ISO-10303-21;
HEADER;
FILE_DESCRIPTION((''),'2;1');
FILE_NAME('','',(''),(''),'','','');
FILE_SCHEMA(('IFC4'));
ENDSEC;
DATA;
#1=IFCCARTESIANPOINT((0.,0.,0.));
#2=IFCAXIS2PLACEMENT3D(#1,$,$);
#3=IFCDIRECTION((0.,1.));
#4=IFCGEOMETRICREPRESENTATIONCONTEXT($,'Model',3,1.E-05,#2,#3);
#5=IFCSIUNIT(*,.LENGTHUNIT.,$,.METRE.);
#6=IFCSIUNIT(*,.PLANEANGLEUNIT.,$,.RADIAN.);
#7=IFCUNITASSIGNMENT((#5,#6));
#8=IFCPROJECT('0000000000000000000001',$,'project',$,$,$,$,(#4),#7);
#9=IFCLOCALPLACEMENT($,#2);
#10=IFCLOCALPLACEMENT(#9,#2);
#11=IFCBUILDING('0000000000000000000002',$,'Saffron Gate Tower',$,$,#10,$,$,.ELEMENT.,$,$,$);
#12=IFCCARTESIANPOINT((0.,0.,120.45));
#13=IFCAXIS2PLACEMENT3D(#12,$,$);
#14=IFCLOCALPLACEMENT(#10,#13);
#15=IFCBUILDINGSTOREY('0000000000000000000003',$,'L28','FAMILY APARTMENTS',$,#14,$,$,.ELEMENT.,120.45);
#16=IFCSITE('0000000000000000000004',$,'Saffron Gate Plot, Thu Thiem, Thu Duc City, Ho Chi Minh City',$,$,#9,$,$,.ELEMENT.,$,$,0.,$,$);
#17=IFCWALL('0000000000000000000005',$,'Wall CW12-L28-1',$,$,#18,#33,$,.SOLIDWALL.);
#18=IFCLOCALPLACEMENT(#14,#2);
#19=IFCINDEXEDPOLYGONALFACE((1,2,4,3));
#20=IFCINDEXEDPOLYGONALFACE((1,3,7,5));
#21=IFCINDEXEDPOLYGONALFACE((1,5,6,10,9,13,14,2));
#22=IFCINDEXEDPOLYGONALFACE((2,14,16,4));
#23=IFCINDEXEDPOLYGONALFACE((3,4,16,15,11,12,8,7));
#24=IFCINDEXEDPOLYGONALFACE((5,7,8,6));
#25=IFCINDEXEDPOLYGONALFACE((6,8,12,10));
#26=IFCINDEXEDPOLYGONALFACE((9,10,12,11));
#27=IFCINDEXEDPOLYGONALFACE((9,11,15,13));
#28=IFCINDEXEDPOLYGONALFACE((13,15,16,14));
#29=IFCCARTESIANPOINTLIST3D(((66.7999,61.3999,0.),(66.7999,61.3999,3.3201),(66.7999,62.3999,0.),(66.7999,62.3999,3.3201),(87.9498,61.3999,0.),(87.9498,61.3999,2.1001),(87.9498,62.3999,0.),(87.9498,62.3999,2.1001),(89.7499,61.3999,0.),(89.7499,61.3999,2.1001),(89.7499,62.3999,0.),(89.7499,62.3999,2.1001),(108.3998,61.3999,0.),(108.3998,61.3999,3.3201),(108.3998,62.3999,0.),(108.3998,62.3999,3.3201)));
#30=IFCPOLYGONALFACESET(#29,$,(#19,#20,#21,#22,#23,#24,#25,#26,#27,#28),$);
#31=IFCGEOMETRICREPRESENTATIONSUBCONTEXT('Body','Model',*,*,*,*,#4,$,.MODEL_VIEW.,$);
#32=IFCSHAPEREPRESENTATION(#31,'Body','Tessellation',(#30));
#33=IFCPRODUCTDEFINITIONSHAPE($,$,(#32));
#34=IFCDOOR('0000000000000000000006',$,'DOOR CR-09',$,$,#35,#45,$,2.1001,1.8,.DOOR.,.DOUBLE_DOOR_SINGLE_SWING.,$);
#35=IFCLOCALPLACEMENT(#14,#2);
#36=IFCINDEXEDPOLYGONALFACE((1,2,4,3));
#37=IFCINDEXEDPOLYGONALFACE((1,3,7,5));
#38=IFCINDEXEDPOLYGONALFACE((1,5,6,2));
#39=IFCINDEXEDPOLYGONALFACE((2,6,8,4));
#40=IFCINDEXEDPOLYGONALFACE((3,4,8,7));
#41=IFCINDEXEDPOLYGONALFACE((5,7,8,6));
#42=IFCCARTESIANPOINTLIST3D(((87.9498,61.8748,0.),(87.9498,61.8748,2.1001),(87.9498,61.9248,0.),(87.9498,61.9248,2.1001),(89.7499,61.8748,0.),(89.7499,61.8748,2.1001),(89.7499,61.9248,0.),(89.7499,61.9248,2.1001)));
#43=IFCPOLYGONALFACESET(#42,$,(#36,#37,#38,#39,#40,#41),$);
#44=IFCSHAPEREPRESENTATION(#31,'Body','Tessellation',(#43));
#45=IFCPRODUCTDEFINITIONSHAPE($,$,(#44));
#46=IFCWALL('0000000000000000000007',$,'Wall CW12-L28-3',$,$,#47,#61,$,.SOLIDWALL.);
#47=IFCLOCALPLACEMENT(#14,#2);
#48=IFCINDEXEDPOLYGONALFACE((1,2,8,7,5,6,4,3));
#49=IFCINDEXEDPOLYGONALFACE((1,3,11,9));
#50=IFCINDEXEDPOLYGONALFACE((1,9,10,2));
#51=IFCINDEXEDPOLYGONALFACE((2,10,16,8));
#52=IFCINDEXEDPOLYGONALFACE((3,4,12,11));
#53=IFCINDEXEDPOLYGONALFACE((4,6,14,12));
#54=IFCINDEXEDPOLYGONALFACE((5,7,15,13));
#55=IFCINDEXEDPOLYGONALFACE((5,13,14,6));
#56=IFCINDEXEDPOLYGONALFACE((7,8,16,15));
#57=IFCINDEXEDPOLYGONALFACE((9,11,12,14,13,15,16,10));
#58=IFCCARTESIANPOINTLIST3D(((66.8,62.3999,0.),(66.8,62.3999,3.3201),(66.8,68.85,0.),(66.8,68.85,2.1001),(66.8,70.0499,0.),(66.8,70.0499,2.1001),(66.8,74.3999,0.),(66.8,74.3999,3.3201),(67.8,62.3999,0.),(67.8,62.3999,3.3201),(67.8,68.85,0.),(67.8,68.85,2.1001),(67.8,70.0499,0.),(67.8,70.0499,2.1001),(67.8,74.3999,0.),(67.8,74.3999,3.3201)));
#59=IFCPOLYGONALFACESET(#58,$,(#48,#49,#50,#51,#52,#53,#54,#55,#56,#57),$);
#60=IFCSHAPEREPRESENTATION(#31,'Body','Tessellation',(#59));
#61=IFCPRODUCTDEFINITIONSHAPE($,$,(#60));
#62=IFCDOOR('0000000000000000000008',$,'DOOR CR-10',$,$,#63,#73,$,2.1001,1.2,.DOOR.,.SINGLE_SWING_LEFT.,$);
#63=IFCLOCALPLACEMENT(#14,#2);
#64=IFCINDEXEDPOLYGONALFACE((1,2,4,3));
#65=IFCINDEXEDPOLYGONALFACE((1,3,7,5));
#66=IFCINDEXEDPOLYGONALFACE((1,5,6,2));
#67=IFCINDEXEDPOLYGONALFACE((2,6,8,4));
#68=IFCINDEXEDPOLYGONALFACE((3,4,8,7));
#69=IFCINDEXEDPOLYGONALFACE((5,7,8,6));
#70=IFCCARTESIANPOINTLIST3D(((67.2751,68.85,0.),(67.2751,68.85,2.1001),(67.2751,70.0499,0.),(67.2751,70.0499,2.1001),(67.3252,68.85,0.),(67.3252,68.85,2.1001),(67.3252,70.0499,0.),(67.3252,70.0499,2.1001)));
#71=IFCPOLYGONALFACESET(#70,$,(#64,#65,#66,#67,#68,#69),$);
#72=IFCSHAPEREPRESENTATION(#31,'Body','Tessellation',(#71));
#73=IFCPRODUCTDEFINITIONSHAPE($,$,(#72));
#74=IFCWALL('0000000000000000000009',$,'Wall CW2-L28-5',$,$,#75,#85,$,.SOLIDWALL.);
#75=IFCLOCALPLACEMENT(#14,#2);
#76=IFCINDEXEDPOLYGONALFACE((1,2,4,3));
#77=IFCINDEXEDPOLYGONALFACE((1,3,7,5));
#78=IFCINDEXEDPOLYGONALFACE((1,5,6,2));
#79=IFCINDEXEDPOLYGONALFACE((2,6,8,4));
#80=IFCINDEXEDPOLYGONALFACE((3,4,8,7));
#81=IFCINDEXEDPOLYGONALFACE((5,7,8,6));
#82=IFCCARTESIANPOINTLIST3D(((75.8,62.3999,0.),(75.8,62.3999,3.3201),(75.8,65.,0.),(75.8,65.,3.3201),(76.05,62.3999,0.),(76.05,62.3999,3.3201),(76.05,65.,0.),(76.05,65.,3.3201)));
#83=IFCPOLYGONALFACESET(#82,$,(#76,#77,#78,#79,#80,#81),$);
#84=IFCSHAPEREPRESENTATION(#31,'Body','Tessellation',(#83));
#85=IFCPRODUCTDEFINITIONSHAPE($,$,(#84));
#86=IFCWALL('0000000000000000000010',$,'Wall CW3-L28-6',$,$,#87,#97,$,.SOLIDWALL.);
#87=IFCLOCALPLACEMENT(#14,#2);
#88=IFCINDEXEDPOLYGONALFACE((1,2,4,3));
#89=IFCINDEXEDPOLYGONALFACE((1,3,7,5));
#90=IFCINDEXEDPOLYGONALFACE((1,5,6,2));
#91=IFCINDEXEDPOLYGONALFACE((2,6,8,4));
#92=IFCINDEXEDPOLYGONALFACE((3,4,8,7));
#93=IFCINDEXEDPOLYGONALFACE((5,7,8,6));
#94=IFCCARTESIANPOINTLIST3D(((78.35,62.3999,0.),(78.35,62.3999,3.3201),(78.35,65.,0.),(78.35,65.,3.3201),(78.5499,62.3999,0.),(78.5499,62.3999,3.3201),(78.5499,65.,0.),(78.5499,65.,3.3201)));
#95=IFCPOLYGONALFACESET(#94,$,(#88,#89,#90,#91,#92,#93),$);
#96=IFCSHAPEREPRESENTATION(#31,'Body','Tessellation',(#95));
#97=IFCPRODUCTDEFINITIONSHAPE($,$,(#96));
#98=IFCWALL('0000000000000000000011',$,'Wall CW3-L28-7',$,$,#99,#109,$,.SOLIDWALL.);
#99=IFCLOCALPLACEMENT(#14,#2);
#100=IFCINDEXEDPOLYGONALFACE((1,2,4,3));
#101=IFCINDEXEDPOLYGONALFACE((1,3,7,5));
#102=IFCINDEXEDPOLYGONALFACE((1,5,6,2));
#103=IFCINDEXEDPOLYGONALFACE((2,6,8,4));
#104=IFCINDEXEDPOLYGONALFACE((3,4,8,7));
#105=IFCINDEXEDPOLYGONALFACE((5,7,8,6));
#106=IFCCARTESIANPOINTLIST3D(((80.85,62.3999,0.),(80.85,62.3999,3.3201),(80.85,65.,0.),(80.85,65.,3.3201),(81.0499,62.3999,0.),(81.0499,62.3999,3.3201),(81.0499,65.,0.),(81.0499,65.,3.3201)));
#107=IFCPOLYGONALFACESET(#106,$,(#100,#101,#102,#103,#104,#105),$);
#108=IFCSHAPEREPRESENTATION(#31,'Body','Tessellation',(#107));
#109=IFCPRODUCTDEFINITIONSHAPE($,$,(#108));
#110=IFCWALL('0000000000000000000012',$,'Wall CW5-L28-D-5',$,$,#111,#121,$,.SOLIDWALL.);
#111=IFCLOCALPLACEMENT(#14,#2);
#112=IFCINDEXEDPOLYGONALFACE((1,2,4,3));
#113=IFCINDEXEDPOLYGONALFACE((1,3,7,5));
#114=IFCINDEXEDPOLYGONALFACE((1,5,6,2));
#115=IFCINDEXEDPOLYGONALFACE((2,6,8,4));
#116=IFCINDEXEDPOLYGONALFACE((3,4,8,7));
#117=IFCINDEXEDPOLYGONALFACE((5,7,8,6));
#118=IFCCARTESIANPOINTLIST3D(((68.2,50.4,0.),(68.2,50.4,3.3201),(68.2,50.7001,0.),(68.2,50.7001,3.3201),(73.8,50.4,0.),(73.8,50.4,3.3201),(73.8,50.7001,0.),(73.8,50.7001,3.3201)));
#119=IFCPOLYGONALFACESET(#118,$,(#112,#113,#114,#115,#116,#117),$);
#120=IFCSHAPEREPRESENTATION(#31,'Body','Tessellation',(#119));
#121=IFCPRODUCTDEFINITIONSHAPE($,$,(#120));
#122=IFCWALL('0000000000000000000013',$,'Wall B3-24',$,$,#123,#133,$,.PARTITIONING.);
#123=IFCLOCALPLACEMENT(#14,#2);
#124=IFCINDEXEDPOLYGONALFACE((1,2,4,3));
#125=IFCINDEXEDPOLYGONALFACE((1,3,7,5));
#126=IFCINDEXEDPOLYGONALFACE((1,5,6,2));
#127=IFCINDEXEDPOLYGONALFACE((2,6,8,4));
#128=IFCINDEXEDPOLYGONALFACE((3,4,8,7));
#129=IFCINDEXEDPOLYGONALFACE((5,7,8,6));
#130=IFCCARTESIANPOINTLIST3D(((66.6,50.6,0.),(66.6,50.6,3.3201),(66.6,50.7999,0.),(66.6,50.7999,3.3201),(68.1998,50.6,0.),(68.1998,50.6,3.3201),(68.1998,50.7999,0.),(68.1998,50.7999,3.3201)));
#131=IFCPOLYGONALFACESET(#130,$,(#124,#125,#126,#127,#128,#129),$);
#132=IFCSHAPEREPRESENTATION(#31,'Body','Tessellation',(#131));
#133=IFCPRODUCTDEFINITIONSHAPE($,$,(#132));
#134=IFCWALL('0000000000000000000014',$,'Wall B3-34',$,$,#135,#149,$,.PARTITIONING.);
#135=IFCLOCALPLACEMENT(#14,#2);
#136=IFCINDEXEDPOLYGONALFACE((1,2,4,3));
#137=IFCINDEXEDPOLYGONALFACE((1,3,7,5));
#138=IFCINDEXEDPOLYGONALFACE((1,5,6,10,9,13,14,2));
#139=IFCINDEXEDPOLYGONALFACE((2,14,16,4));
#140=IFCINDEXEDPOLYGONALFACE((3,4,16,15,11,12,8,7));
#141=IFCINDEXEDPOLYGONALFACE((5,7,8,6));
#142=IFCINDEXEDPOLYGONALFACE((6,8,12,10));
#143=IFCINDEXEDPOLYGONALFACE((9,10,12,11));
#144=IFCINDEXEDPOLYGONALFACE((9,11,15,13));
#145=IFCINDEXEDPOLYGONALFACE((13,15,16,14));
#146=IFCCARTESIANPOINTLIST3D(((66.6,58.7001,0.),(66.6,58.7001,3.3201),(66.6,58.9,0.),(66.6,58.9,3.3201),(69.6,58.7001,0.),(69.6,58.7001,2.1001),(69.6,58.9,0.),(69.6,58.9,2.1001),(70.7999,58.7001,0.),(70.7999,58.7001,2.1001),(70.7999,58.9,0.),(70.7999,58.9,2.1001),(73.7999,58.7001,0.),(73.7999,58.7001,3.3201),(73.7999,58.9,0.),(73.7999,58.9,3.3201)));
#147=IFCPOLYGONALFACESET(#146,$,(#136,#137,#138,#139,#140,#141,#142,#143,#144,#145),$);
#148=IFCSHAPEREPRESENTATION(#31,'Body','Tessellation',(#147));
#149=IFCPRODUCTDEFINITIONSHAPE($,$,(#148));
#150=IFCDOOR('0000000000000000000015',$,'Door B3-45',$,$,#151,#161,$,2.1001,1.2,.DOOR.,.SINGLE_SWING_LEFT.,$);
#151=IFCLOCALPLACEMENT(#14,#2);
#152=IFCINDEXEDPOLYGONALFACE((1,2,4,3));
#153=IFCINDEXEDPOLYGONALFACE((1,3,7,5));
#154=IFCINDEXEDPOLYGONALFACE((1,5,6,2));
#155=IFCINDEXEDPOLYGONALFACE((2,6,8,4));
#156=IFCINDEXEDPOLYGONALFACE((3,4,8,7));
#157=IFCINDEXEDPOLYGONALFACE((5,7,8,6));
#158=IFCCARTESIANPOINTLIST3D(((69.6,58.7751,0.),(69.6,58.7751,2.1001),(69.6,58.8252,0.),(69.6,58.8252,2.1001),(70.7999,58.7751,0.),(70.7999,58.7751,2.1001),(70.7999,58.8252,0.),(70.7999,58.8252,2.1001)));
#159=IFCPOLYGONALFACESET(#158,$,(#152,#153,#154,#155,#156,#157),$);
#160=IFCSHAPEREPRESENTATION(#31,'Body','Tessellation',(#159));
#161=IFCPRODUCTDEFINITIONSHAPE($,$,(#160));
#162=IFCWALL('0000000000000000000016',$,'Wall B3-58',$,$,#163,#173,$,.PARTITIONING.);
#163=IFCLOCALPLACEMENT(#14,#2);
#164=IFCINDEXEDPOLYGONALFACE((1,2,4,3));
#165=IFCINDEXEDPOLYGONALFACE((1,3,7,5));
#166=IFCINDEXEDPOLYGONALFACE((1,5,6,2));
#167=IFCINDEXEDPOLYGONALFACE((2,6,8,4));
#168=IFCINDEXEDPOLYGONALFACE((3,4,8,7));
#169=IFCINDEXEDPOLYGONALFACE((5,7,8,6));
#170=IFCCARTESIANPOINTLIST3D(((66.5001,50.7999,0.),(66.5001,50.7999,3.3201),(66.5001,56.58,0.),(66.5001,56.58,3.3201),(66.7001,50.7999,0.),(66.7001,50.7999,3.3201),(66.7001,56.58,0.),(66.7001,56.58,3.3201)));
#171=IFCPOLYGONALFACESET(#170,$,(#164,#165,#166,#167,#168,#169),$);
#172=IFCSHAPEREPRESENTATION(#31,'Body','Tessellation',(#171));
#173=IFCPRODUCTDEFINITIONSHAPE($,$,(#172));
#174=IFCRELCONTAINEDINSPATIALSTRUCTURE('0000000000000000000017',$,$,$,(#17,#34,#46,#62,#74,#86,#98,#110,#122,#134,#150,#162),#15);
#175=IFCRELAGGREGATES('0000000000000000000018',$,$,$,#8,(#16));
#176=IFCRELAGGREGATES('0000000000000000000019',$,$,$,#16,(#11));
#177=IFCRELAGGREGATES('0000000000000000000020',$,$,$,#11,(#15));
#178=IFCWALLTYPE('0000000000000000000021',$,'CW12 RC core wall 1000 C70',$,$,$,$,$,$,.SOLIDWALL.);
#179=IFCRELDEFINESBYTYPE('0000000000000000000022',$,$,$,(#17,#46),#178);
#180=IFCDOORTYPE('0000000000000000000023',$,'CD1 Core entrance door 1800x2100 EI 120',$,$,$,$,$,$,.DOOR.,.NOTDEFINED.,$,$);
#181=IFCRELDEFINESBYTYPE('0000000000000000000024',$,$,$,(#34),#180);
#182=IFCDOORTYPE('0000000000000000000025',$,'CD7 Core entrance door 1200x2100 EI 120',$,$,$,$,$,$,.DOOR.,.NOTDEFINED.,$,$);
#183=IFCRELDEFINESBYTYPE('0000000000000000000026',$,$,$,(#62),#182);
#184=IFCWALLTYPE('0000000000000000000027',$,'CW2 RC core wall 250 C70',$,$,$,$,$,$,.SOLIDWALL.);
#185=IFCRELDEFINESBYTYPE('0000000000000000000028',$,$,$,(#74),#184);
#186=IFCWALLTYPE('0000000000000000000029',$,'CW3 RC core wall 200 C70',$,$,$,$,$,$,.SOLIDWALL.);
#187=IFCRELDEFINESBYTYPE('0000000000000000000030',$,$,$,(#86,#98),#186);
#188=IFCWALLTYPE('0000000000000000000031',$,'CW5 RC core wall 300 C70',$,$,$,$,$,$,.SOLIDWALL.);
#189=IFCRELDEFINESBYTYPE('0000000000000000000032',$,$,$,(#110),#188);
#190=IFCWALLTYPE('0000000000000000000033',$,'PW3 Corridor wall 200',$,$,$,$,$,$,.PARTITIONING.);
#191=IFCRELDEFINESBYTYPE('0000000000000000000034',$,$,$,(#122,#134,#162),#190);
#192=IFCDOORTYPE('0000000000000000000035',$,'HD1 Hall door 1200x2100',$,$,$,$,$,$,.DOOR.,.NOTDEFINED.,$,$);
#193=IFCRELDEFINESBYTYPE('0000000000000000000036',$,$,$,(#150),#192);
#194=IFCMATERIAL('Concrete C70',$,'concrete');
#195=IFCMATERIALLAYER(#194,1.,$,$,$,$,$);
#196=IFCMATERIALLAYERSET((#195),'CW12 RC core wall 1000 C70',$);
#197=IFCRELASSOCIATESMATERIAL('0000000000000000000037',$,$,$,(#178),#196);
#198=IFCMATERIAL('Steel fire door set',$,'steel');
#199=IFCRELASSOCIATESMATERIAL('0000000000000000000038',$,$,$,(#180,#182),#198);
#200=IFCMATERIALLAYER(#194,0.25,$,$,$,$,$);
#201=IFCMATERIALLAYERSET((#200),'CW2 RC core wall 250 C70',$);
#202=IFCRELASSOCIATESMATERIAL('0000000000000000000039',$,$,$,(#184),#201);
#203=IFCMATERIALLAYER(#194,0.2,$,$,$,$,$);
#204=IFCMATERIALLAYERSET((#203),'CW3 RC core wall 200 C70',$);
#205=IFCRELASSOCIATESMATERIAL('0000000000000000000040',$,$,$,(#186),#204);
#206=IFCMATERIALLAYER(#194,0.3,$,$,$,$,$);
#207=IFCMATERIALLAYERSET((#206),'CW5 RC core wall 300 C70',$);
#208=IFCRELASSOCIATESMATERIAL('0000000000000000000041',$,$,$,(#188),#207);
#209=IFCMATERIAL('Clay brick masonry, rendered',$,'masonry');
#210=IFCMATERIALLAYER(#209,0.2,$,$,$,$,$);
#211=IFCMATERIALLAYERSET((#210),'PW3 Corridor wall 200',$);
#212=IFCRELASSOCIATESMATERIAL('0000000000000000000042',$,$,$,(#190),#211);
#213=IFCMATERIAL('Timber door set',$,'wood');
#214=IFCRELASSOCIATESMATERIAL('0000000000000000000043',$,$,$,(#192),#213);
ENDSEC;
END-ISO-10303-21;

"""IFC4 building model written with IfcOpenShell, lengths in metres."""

from ifc_helpers import new_model, si_unit, direction, frame, frame_2d, origin, place, context, subcontext, project, spatial, rectangle, extrude, material, layer, layer_set, type_object, element, fill, save


model = new_model("IFC4")

# Units and contexts
model_context = context("Model", 3, precision=1e-05, world=origin(), true_north=direction((0.0, 1.0)))
body_context = subcontext(model_context, "Body", "Model", "MODEL_VIEW")
ifc_project = project(units=[si_unit("LENGTHUNIT", "METRE"), si_unit("PLANEANGLEUNIT", "RADIAN")], contexts=[model_context])

# Site, building, storey
site_placement = place(None, origin())
site = spatial("IfcSite", under=ifc_project, at=site_placement, Name="Saffron Gate Plot, Thu Thiem, Thu Duc City, Ho Chi Minh City", CompositionType="ELEMENT", RefElevation=0.0)
building_placement = place(site_placement, origin())
building = spatial("IfcBuilding", under=site, at=building_placement, Name="Saffron Gate Tower", CompositionType="ELEMENT")
storey_placement = place(building_placement, frame((0.0, 0.0, 120.45)))
storey = spatial("IfcBuildingStorey", under=building, at=storey_placement, Name="L28", Description="FAMILY APARTMENTS", CompositionType="ELEMENT", Elevation=120.45)

# Walls, openings, doors
ifc_material_1 = material(Name="Steel fire door set", Category="steel")
ifc_material_2 = material(Name="Concrete C70", Category="concrete")
ifc_layer_1 = layer(ifc_material_2, 1.0)
ifc_layer_set_1 = layer_set([ifc_layer_1], Name="CW12 RC core wall 1000 C70")
wall_type_1 = type_object("IfcWallType", Name="CW12 RC core wall 1000 C70", PredefinedType="SOLIDWALL", material=ifc_layer_set_1)
wall_1_placement = place(storey_placement, frame((66.8, 61.8999, 0.0), z_axis=(0.0, 0.0, 1.0), x_axis=(1.0, 0.0, 0.0)))
wall_1 = element("IfcWall", 1, at=wall_1_placement, inside=storey, type_object=wall_type_1, Name="Wall CW12-L28-1", PredefinedType="SOLIDWALL", context=body_context, shape_type="SweptSolid", body=[
    extrude(rectangle(XDim=41.5999, YDim=1.0, at=frame_2d((20.7998, 0.0))), origin(), (0.0, 0.0, 1.0), 3.3201),
])
opening_1_placement = place(wall_1_placement, frame((21.1499, 0.0, 0.0)))
opening_1 = element("IfcOpeningElement", 2, at=opening_1_placement, cuts=wall_1, PredefinedType="OPENING", context=body_context, shape_type="SweptSolid", body=[
    extrude(rectangle(XDim=1.8, YDim=2.1001, at=frame_2d((0.8999, 1.05))), frame((0.0, 0.51, 0.0), z_axis=(0.0, -1.0, 0.0), x_axis=(1.0, 0.0, 0.0)), (0.0, 0.0, 1.0), 1.02),
])
door_type_1 = type_object("IfcDoorType", Name="CD1 Core entrance door 1800x2100 EI 120", OperationType="NOTDEFINED", PredefinedType="DOOR", material=ifc_material_1)
door_1_placement = place(opening_1_placement, origin())
door_1 = element("IfcDoor", 3, at=door_1_placement, inside=storey, type_object=door_type_1, Name="DOOR CR-09", OperationType="DOUBLE_DOOR_SINGLE_SWING", OverallHeight=2.1001, OverallWidth=1.8, PredefinedType="DOOR", context=body_context, shape_type="SweptSolid", body=[
    extrude(rectangle(XDim=1.8, YDim=2.1001, at=frame_2d((0.8999, 1.05))), frame((0.0, 0.0249, 0.0), z_axis=(0.0, -1.0, 0.0), x_axis=(1.0, 0.0, 0.0)), (0.0, 0.0, 1.0), 0.05),
])
fill(opening_1, door_1)
wall_2_placement = place(storey_placement, frame((67.3, 62.3999, 0.0), z_axis=(0.0, 0.0, 1.0), x_axis=(0.0, 1.0, 0.0)))
wall_2 = element("IfcWall", 4, at=wall_2_placement, inside=storey, type_object=wall_type_1, Name="Wall CW12-L28-3", PredefinedType="SOLIDWALL", context=body_context, shape_type="SweptSolid", body=[
    extrude(rectangle(XDim=12.0, YDim=1.0, at=frame_2d((6.0, 0.0))), origin(), (0.0, 0.0, 1.0), 3.3201),
])
opening_2_placement = place(wall_2_placement, frame((6.45, 0.0, 0.0)))
opening_2 = element("IfcOpeningElement", 5, at=opening_2_placement, cuts=wall_2, PredefinedType="OPENING", context=body_context, shape_type="SweptSolid", body=[
    extrude(rectangle(XDim=1.2, YDim=2.1001, at=frame_2d((0.6001, 1.05))), frame((0.0, 0.51, 0.0), z_axis=(0.0, -1.0, 0.0), x_axis=(1.0, 0.0, 0.0)), (0.0, 0.0, 1.0), 1.02),
])
door_type_2 = type_object("IfcDoorType", Name="CD7 Core entrance door 1200x2100 EI 120", OperationType="NOTDEFINED", PredefinedType="DOOR", material=ifc_material_1)
door_2_placement = place(opening_2_placement, origin())
door_2 = element("IfcDoor", 6, at=door_2_placement, inside=storey, type_object=door_type_2, Name="DOOR CR-10", OperationType="SINGLE_SWING_LEFT", OverallHeight=2.1001, OverallWidth=1.2, PredefinedType="DOOR", context=body_context, shape_type="SweptSolid", body=[
    extrude(rectangle(XDim=1.2, YDim=2.1001, at=frame_2d((0.6001, 1.05))), frame((0.0, 0.0249, 0.0), z_axis=(0.0, -1.0, 0.0), x_axis=(1.0, 0.0, 0.0)), (0.0, 0.0, 1.0), 0.05),
])
fill(opening_2, door_2)

# Walls
ifc_layer_2 = layer(ifc_material_2, 0.25)
ifc_layer_set_2 = layer_set([ifc_layer_2], Name="CW2 RC core wall 250 C70")
wall_type_2 = type_object("IfcWallType", Name="CW2 RC core wall 250 C70", PredefinedType="SOLIDWALL", material=ifc_layer_set_2)
wall_3_placement = place(storey_placement, frame((75.925, 62.3999, 0.0), z_axis=(0.0, 0.0, 1.0), x_axis=(0.0, 1.0, 0.0)))
element("IfcWall", 7, at=wall_3_placement, inside=storey, type_object=wall_type_2, Name="Wall CW2-L28-5", PredefinedType="SOLIDWALL", context=body_context, shape_type="SweptSolid", body=[
    extrude(rectangle(XDim=2.6001, YDim=0.25, at=frame_2d((1.3, 0.0))), origin(), (0.0, 0.0, 1.0), 3.3201),
])
ifc_layer_3 = layer(ifc_material_2, 0.2)
ifc_layer_set_3 = layer_set([ifc_layer_3], Name="CW3 RC core wall 200 C70")
wall_type_3 = type_object("IfcWallType", Name="CW3 RC core wall 200 C70", PredefinedType="SOLIDWALL", material=ifc_layer_set_3)
for number, where, z_axis, x_axis, name in (
    (8, (78.45, 62.3999, 0.0), (0.0, 0.0, 1.0), (0.0, 1.0, 0.0), "Wall CW3-L28-6"),
    (9, (80.95, 62.3999, 0.0), (0.0, 0.0, 1.0), (0.0, 1.0, 0.0), "Wall CW3-L28-7"),
):
    element("IfcWall", number, at=place(storey_placement, frame(where, z_axis=z_axis, x_axis=x_axis)), inside=storey, type_object=wall_type_3, Name=name, PredefinedType="SOLIDWALL", context=body_context, shape_type="SweptSolid", body=[
        extrude(rectangle(XDim=2.6001, YDim=0.2, at=frame_2d((1.3, 0.0))), origin(), (0.0, 0.0, 1.0), 3.3201),
    ])
ifc_layer_4 = layer(ifc_material_2, 0.3)
ifc_layer_set_4 = layer_set([ifc_layer_4], Name="CW5 RC core wall 300 C70")
wall_type_4 = type_object("IfcWallType", Name="CW5 RC core wall 300 C70", PredefinedType="SOLIDWALL", material=ifc_layer_set_4)
wall_4_placement = place(storey_placement, frame((68.2, 50.55, 0.0), z_axis=(0.0, 0.0, 1.0), x_axis=(1.0, 0.0, 0.0)))
element("IfcWall", 10, at=wall_4_placement, inside=storey, type_object=wall_type_4, Name="Wall CW5-L28-D-5", PredefinedType="SOLIDWALL", context=body_context, shape_type="SweptSolid", body=[
    extrude(rectangle(XDim=5.6001, YDim=0.3, at=frame_2d((2.8, 0.0))), origin(), (0.0, 0.0, 1.0), 3.3201),
])
ifc_material_3 = material(Name="Clay brick masonry, rendered", Category="masonry")
ifc_layer_5 = layer(ifc_material_3, 0.2)
ifc_layer_set_5 = layer_set([ifc_layer_5], Name="PW3 Corridor wall 200")
wall_type_5 = type_object("IfcWallType", Name="PW3 Corridor wall 200", PredefinedType="PARTITIONING", material=ifc_layer_set_5)
wall_5_placement = place(storey_placement, frame((66.6001, 50.7, 0.0), z_axis=(0.0, 0.0, 1.0), x_axis=(1.0, 0.0, 0.0)))
element("IfcWall", 11, at=wall_5_placement, inside=storey, type_object=wall_type_5, Name="Wall B3-24", PredefinedType="PARTITIONING", context=body_context, shape_type="SweptSolid", body=[
    extrude(rectangle(XDim=1.5999, YDim=0.2, at=frame_2d((0.7998, 0.0))), origin(), (0.0, 0.0, 1.0), 3.3201),
])

# Wall, opening, door
wall_6_placement = place(storey_placement, frame((73.8, 58.8, 0.0), z_axis=(0.0, 0.0, 1.0), x_axis=(-1.0, 0.0, 0.0)))
wall_6 = element("IfcWall", 12, at=wall_6_placement, inside=storey, type_object=wall_type_5, Name="Wall B3-34", PredefinedType="PARTITIONING", context=body_context, shape_type="SweptSolid", body=[
    extrude(rectangle(XDim=7.2, YDim=0.2, at=frame_2d((3.6001, 0.0))), origin(), (0.0, 0.0, 1.0), 3.3201),
])
opening_3_placement = place(wall_6_placement, frame((3.0, 0.0, 0.0)))
opening_3 = element("IfcOpeningElement", 13, at=opening_3_placement, cuts=wall_6, PredefinedType="OPENING", context=body_context, shape_type="SweptSolid", body=[
    extrude(rectangle(XDim=1.2, YDim=2.1001, at=frame_2d((0.6001, 1.05))), frame((0.0, 0.1099, 0.0), z_axis=(0.0, -1.0, 0.0), x_axis=(1.0, 0.0, 0.0)), (0.0, 0.0, 1.0), 0.22),
])
ifc_material_4 = material(Name="Timber door set", Category="wood")
door_type_3 = type_object("IfcDoorType", Name="HD1 Hall door 1200x2100", OperationType="NOTDEFINED", PredefinedType="DOOR", material=ifc_material_4)
door_3_placement = place(opening_3_placement, origin())
door_3 = element("IfcDoor", 14, at=door_3_placement, inside=storey, type_object=door_type_3, Name="Door B3-45", OperationType="SINGLE_SWING_LEFT", OverallHeight=2.1001, OverallWidth=1.2, PredefinedType="DOOR", context=body_context, shape_type="SweptSolid", body=[
    extrude(rectangle(XDim=1.2, YDim=2.1001, at=frame_2d((0.6001, 1.05))), frame((0.0, 0.0249, 0.0), z_axis=(0.0, -1.0, 0.0), x_axis=(1.0, 0.0, 0.0)), (0.0, 0.0, 1.0), 0.05),
])
fill(opening_3, door_3)

# Wall
wall_7_placement = place(storey_placement, frame((66.6001, 56.5801, 0.0), z_axis=(0.0, 0.0, 1.0), x_axis=(0.0, -1.0, 0.0)))
element("IfcWall", 15, at=wall_7_placement, inside=storey, type_object=wall_type_5, Name="Wall B3-58", PredefinedType="PARTITIONING", context=body_context, shape_type="SweptSolid", body=[
    extrude(rectangle(XDim=5.78, YDim=0.2, at=frame_2d((2.8901, 0.0))), origin(), (0.0, 0.0, 1.0), 3.3201),
])

save(model, "model.ifc")
